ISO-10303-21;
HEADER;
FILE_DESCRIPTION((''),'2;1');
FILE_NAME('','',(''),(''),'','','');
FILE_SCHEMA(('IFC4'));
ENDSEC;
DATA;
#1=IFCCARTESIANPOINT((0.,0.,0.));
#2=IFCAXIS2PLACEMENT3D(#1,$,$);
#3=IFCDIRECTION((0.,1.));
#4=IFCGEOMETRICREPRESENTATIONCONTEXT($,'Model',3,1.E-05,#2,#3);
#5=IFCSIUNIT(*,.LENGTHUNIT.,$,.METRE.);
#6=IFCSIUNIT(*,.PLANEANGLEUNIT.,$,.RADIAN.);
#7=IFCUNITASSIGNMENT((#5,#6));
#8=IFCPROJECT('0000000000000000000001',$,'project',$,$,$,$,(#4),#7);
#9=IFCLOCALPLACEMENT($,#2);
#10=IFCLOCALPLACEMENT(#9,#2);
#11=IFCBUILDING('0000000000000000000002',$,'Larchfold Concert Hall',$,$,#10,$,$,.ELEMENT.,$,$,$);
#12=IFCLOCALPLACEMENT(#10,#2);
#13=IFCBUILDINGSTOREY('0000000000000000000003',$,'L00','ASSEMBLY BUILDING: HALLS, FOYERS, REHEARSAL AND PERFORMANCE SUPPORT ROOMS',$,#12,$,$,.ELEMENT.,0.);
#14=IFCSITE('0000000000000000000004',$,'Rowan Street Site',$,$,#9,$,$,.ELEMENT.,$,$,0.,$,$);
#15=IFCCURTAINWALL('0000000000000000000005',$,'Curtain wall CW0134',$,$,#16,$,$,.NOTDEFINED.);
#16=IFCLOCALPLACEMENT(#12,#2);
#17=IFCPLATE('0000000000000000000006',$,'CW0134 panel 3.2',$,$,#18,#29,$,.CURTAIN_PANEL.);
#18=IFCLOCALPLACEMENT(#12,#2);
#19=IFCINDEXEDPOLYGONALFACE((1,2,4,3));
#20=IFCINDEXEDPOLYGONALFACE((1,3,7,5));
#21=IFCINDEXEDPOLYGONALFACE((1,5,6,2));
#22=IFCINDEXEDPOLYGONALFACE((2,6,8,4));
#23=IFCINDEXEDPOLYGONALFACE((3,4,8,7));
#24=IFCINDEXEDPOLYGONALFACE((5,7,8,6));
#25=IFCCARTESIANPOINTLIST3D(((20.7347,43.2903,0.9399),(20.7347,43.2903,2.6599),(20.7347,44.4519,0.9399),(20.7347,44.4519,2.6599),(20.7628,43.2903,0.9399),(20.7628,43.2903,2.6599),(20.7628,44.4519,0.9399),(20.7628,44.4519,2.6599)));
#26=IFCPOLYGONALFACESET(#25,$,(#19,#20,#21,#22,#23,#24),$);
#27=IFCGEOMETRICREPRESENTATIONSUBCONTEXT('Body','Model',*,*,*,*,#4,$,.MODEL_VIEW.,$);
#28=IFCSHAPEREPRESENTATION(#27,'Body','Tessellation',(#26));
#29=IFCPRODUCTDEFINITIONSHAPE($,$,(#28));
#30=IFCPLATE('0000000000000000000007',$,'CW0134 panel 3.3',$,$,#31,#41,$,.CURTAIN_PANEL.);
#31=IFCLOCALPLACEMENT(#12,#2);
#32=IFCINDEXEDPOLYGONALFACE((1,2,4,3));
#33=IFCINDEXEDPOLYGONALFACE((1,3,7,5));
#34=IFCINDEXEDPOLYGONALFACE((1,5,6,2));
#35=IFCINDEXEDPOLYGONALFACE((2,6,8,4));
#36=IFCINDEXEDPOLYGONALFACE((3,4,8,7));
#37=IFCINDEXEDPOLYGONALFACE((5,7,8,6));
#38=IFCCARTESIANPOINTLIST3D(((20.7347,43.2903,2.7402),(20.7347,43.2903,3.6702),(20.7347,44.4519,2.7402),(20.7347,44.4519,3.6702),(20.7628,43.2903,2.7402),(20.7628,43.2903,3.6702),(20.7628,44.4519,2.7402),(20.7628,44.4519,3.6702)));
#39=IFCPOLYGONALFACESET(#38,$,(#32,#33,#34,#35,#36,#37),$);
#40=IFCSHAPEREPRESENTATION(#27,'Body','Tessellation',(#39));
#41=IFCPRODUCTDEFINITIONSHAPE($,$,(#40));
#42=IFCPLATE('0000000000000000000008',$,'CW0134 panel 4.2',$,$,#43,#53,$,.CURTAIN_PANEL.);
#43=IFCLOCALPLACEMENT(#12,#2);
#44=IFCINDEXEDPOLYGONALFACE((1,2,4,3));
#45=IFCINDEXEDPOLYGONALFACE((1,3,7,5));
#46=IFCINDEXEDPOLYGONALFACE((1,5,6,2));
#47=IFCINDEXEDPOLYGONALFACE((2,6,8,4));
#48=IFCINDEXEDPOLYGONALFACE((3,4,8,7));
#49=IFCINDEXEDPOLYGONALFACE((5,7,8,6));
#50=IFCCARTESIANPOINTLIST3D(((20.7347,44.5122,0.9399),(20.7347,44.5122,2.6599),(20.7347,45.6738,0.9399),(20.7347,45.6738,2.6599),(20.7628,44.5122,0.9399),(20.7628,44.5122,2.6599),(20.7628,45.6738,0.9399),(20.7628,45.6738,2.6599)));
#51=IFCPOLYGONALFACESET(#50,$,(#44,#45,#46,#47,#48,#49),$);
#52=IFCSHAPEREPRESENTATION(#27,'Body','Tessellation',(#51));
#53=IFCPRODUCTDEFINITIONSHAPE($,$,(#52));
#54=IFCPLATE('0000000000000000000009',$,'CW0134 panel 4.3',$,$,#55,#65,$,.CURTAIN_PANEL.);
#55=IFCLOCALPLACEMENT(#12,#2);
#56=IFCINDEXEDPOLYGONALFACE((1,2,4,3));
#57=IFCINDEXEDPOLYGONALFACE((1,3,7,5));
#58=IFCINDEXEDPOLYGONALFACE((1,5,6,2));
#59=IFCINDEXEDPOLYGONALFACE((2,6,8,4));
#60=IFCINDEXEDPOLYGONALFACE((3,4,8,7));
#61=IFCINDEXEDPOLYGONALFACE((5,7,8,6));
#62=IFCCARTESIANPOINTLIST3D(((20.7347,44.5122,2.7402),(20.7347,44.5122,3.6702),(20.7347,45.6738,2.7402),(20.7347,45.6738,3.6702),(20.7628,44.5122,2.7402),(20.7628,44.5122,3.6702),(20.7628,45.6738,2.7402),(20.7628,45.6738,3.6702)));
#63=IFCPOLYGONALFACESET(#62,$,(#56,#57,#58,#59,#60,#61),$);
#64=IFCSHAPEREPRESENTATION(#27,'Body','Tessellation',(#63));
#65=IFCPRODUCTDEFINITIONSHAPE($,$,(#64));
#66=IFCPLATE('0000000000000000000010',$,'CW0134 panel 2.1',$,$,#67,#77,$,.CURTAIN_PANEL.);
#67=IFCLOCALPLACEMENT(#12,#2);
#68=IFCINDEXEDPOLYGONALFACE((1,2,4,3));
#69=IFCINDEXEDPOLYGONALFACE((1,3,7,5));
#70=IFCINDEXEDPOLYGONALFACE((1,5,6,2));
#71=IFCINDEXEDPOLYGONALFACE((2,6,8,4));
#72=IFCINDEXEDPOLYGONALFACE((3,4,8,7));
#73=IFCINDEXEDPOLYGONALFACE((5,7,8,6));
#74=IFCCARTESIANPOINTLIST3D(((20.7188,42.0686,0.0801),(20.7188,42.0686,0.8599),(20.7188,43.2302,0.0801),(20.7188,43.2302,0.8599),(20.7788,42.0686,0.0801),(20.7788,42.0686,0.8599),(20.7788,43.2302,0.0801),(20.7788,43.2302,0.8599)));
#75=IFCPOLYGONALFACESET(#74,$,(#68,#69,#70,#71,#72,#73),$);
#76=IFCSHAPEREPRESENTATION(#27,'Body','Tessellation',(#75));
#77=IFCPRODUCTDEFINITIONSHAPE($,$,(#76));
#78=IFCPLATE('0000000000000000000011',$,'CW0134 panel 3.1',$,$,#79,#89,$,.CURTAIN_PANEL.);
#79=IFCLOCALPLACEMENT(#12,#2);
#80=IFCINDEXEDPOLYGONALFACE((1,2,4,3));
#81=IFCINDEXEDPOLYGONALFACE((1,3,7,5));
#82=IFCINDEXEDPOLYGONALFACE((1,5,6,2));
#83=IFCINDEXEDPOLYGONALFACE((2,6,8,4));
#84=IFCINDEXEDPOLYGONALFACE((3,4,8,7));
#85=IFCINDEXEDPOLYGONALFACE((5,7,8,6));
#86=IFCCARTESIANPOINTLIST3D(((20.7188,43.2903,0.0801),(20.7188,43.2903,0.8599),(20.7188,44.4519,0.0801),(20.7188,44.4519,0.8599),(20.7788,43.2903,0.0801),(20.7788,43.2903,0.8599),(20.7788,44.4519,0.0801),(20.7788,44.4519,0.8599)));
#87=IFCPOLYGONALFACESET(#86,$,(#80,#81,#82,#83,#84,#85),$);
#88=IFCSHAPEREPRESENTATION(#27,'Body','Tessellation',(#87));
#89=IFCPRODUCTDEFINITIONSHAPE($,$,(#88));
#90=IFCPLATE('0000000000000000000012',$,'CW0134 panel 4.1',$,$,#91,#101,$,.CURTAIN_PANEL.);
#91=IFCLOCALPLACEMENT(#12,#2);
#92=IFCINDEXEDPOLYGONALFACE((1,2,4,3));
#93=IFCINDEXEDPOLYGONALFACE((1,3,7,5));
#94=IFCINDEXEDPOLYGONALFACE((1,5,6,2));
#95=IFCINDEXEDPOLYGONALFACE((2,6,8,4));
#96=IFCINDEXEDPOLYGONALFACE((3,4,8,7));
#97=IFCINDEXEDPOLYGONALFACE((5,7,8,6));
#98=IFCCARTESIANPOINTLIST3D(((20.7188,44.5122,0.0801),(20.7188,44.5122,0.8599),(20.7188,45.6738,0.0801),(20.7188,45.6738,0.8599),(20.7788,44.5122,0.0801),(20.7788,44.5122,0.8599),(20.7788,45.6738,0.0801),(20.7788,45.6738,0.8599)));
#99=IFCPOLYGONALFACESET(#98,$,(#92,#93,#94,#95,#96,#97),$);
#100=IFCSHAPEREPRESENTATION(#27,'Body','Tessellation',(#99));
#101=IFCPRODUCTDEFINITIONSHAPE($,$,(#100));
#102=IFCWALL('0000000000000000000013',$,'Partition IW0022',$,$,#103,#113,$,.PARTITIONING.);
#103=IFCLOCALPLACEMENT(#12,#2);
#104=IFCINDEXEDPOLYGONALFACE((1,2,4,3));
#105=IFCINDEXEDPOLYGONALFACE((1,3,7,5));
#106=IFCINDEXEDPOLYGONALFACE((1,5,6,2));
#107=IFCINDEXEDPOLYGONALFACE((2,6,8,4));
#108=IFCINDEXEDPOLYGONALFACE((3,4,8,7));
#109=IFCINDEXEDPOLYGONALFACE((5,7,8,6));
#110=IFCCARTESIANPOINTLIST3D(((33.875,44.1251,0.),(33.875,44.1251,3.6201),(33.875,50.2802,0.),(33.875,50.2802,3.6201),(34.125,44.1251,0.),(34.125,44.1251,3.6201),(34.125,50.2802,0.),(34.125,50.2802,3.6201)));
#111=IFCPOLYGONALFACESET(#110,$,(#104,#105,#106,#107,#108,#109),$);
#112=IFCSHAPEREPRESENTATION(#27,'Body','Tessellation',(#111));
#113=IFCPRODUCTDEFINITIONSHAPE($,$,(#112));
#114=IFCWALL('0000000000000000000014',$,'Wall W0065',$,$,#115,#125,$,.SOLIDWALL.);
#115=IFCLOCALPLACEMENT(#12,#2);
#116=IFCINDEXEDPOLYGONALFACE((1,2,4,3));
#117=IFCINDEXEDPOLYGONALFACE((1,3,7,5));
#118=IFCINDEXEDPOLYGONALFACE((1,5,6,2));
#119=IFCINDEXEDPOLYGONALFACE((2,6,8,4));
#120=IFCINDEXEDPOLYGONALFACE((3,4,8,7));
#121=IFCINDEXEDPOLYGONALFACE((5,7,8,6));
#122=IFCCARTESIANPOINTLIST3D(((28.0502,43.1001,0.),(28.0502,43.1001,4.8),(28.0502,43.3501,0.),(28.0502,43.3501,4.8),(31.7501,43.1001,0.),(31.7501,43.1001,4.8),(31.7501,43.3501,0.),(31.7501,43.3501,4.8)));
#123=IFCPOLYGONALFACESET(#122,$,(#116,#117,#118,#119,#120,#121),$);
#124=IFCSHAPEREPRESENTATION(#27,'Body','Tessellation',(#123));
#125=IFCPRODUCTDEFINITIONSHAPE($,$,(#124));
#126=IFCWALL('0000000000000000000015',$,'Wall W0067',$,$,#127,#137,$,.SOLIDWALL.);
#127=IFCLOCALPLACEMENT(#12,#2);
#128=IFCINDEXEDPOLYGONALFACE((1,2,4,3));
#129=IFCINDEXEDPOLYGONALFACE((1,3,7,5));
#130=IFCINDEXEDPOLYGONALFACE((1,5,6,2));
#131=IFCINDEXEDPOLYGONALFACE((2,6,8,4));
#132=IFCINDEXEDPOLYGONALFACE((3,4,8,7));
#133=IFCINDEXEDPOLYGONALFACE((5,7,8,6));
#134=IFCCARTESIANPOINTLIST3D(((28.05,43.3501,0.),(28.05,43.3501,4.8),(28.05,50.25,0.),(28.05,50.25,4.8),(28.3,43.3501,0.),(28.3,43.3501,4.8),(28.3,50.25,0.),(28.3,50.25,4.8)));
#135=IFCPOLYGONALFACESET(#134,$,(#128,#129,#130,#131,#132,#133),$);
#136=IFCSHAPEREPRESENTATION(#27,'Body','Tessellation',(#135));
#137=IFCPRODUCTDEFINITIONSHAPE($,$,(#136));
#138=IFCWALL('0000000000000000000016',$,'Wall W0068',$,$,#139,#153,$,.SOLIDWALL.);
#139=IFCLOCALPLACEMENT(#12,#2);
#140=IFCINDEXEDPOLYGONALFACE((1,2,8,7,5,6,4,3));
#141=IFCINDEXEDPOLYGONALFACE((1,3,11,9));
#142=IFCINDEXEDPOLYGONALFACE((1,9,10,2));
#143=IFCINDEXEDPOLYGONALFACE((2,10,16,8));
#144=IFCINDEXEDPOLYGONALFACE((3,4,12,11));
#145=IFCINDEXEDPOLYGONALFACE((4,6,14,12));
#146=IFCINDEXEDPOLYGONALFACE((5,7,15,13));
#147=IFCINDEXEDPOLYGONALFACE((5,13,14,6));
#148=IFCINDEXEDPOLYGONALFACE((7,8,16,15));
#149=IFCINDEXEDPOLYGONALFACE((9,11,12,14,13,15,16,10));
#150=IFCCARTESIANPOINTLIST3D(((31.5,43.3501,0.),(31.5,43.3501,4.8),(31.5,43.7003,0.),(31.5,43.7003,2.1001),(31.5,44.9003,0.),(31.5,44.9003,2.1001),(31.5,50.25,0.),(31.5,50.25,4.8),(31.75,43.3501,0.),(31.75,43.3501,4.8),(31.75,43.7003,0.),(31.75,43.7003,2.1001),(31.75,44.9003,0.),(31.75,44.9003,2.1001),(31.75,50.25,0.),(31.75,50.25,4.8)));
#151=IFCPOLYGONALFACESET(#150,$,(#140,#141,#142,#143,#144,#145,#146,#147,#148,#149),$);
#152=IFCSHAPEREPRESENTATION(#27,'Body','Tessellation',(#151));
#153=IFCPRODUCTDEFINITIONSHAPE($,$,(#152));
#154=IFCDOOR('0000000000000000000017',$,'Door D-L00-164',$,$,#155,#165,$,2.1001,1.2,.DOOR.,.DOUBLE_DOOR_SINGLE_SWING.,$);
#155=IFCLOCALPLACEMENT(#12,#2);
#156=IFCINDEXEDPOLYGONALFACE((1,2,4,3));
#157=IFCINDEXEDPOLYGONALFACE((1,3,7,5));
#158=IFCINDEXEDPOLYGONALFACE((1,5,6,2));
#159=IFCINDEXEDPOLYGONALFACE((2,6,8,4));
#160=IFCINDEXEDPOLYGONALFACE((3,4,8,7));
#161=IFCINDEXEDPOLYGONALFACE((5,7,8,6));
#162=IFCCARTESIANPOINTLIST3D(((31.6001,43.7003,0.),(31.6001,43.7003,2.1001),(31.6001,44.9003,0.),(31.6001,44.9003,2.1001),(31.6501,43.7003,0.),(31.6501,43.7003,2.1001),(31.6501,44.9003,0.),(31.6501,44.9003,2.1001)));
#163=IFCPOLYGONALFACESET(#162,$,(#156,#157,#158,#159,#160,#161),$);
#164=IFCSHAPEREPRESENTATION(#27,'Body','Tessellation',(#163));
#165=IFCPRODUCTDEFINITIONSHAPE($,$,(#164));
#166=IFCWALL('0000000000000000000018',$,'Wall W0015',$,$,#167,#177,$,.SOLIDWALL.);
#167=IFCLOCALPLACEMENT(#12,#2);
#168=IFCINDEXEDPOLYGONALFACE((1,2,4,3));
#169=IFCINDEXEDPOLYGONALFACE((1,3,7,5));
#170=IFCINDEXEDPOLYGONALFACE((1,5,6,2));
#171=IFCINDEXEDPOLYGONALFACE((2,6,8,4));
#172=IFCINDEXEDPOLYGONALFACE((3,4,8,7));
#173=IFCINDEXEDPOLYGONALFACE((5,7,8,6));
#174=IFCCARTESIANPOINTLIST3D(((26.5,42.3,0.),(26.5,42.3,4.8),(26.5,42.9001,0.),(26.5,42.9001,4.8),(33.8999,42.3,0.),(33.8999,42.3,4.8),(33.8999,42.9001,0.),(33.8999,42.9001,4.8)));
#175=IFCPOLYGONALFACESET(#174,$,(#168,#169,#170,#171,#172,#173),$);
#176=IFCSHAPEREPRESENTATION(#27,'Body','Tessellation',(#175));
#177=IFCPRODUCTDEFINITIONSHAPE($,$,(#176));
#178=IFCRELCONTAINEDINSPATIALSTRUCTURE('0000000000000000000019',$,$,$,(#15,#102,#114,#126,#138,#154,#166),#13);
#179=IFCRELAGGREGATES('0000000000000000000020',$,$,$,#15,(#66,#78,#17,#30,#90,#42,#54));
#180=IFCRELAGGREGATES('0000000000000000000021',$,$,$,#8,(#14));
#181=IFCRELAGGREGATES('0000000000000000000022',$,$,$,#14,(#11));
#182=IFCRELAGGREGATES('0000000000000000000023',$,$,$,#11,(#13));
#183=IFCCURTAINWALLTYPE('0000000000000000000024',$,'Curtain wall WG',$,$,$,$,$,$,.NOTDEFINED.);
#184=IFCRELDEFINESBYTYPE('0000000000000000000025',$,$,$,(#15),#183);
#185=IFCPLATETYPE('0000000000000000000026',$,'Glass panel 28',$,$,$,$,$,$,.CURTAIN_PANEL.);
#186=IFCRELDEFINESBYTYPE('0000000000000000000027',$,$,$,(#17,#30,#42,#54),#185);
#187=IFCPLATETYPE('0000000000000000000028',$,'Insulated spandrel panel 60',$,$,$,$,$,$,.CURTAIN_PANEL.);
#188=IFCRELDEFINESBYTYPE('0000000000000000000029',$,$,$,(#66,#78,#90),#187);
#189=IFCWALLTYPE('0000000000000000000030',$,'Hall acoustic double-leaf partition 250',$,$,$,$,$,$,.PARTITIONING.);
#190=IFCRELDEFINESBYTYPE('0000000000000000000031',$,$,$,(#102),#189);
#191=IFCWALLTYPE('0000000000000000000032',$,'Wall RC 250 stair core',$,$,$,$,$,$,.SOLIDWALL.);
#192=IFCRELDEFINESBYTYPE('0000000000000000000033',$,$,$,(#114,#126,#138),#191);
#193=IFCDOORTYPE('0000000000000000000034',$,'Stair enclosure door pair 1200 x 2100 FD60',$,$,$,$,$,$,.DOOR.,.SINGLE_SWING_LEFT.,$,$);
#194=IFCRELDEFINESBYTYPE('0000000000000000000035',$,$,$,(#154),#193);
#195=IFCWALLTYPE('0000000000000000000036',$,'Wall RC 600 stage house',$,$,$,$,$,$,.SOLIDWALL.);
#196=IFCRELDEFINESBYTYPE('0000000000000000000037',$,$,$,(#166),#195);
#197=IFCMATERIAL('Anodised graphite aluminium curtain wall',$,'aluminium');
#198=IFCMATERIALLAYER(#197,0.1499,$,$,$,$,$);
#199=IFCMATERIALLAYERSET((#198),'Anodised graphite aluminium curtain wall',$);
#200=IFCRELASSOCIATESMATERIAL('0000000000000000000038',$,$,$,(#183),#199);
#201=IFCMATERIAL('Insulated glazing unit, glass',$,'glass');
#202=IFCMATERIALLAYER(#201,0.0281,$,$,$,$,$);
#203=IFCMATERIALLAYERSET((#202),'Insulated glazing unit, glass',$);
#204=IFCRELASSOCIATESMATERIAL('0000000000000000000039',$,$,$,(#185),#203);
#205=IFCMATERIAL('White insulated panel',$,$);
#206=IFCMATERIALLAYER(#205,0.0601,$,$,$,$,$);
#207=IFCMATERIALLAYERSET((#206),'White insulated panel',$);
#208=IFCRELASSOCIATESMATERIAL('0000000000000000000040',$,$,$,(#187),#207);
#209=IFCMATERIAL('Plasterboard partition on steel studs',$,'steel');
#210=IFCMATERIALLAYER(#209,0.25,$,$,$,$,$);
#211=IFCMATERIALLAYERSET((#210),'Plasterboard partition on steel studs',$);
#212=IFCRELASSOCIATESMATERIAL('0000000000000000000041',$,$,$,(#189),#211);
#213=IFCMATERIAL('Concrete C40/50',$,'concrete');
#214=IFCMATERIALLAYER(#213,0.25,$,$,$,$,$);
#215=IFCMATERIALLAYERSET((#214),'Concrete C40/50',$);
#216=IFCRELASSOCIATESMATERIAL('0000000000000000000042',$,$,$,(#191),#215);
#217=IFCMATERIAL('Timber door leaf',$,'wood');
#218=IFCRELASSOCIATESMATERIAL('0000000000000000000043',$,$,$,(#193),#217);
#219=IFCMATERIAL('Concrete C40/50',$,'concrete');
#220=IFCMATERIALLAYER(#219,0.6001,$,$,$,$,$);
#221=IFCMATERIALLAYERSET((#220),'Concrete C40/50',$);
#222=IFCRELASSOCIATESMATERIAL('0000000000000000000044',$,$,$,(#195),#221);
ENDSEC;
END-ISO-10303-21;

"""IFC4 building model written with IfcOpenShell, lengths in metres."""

from ifc_helpers import new_model, si_unit, direction, frame, frame_2d, origin, origin_2d, place, context, subcontext, project, spatial, rectangle, extrude, material, layer, layer_set, type_object, element, fill, aggregate, save


model = new_model("IFC4")

# Units and contexts
model_context = context("Model", 3, precision=1e-05, world=origin(), true_north=direction((0.0, 1.0)))
body_context = subcontext(model_context, "Body", "Model", "MODEL_VIEW")
ifc_project = project(units=[si_unit("LENGTHUNIT", "METRE"), si_unit("PLANEANGLEUNIT", "RADIAN")], contexts=[model_context])

# Site, building, storey
site_placement = place(None, origin())
site = spatial("IfcSite", under=ifc_project, at=site_placement, Name="Rowan Street Site", CompositionType="ELEMENT", RefElevation=0.0)
building_placement = place(site_placement, origin())
building = spatial("IfcBuilding", under=site, at=building_placement, Name="Larchfold Concert Hall", CompositionType="ELEMENT")
storey_placement = place(building_placement, origin())
storey = spatial("IfcBuildingStorey", under=building, at=storey_placement, Name="L00", Description="ASSEMBLY BUILDING: HALLS, FOYERS, REHEARSAL AND PERFORMANCE SUPPORT ROOMS", CompositionType="ELEMENT", Elevation=0.0)

# Curtain wall, plates
ifc_material_1 = material(Name="Anodised graphite aluminium curtain wall", Category="aluminium")
ifc_layer_1 = layer(ifc_material_1, 0.1499)
ifc_layer_set_1 = layer_set([ifc_layer_1], Name="Anodised graphite aluminium curtain wall")
curtain_wall_type = type_object("IfcCurtainWallType", Name="Curtain wall WG", PredefinedType="NOTDEFINED", material=ifc_layer_set_1)
curtain_wall_placement = place(storey_placement, origin())
curtain_wall = element("IfcCurtainWall", 1, at=curtain_wall_placement, inside=storey, type_object=curtain_wall_type, Name="Curtain wall CW0134", PredefinedType="NOTDEFINED")
ifc_material_2 = material(Name="Insulated glazing unit, glass", Category="glass")
ifc_layer_2 = layer(ifc_material_2, 0.0281)
ifc_layer_set_2 = layer_set([ifc_layer_2], Name="Insulated glazing unit, glass")
plate_type_1 = type_object("IfcPlateType", Name="Glass panel 28", PredefinedType="CURTAIN_PANEL", material=ifc_layer_set_2)
plate_1_placement = place(storey_placement, frame((20.7488, 43.8711, 0.9399), z_axis=(0.0, 0.0, 1.0), x_axis=(0.0, 1.0, 0.0)))
plate_1 = element("IfcPlate", 2, at=plate_1_placement, type_object=plate_type_1, Name="CW0134 panel 3.2", PredefinedType="CURTAIN_PANEL", context=body_context, shape_type="SweptSolid", body=[
    extrude(rectangle(XDim=1.1616, YDim=0.0281, at=origin_2d()), origin(), (0.0, 0.0, 1.0), 1.72),
])
plate_2_placement = place(storey_placement, frame((20.7488, 43.8711, 2.7402), z_axis=(0.0, 0.0, 1.0), x_axis=(0.0, 1.0, 0.0)))
plate_2 = element("IfcPlate", 3, at=plate_2_placement, type_object=plate_type_1, Name="CW0134 panel 3.3", PredefinedType="CURTAIN_PANEL", context=body_context, shape_type="SweptSolid", body=[
    extrude(rectangle(XDim=1.1616, YDim=0.0281, at=origin_2d()), origin(), (0.0, 0.0, 1.0), 0.9299),
])
plate_3_placement = place(storey_placement, frame((20.7488, 45.093, 0.9399), z_axis=(0.0, 0.0, 1.0), x_axis=(0.0, 1.0, 0.0)))
plate_3 = element("IfcPlate", 4, at=plate_3_placement, type_object=plate_type_1, Name="CW0134 panel 4.2", PredefinedType="CURTAIN_PANEL", context=body_context, shape_type="SweptSolid", body=[
    extrude(rectangle(XDim=1.1616, YDim=0.0281, at=origin_2d()), origin(), (0.0, 0.0, 1.0), 1.72),
])
plate_4_placement = place(storey_placement, frame((20.7488, 45.093, 2.7402), z_axis=(0.0, 0.0, 1.0), x_axis=(0.0, 1.0, 0.0)))
plate_4 = element("IfcPlate", 5, at=plate_4_placement, type_object=plate_type_1, Name="CW0134 panel 4.3", PredefinedType="CURTAIN_PANEL", context=body_context, shape_type="SweptSolid", body=[
    extrude(rectangle(XDim=1.1616, YDim=0.0281, at=origin_2d()), origin(), (0.0, 0.0, 1.0), 0.9299),
])
ifc_material_3 = material(Name="White insulated panel")
ifc_layer_3 = layer(ifc_material_3, 0.0601)
ifc_layer_set_3 = layer_set([ifc_layer_3], Name="White insulated panel")
plate_type_2 = type_object("IfcPlateType", Name="Insulated spandrel panel 60", PredefinedType="CURTAIN_PANEL", material=ifc_layer_set_3)
plate_5_placement = place(storey_placement, frame((20.7488, 42.6494, 0.0801), z_axis=(0.0, 0.0, 1.0), x_axis=(0.0, 1.0, 0.0)))
plate_5 = element("IfcPlate", 6, at=plate_5_placement, type_object=plate_type_2, Name="CW0134 panel 2.1", PredefinedType="CURTAIN_PANEL", context=body_context, shape_type="SweptSolid", body=[
    extrude(rectangle(XDim=1.1616, YDim=0.0601, at=origin_2d()), origin(), (0.0, 0.0, 1.0), 0.7798),
])
plate_6_placement = place(storey_placement, frame((20.7488, 43.8711, 0.0801), z_axis=(0.0, 0.0, 1.0), x_axis=(0.0, 1.0, 0.0)))
plate_6 = element("IfcPlate", 7, at=plate_6_placement, type_object=plate_type_2, Name="CW0134 panel 3.1", PredefinedType="CURTAIN_PANEL", context=body_context, shape_type="SweptSolid", body=[
    extrude(rectangle(XDim=1.1616, YDim=0.0601, at=origin_2d()), origin(), (0.0, 0.0, 1.0), 0.7798),
])
plate_7_placement = place(storey_placement, frame((20.7488, 45.093, 0.0801), z_axis=(0.0, 0.0, 1.0), x_axis=(0.0, 1.0, 0.0)))
plate_7 = element("IfcPlate", 8, at=plate_7_placement, type_object=plate_type_2, Name="CW0134 panel 4.1", PredefinedType="CURTAIN_PANEL", context=body_context, shape_type="SweptSolid", body=[
    extrude(rectangle(XDim=1.1616, YDim=0.0601, at=origin_2d()), origin(), (0.0, 0.0, 1.0), 0.7798),
])
aggregate(curtain_wall, [plate_5, plate_6, plate_1, plate_2, plate_7, plate_3, plate_4])

# Walls
ifc_material_4 = material(Name="Plasterboard partition on steel studs", Category="steel")
ifc_layer_4 = layer(ifc_material_4, 0.25)
ifc_layer_set_4 = layer_set([ifc_layer_4], Name="Plasterboard partition on steel studs")
wall_type_1 = type_object("IfcWallType", Name="Hall acoustic double-leaf partition 250", PredefinedType="PARTITIONING", material=ifc_layer_set_4)
wall_1_placement = place(storey_placement, frame((34.0, 44.125, 0.0), z_axis=(0.0, 0.0, 1.0), x_axis=(0.0, 1.0, 0.0)))
element("IfcWall", 9, at=wall_1_placement, inside=storey, type_object=wall_type_1, Name="Partition IW0022", PredefinedType="PARTITIONING", context=body_context, shape_type="SweptSolid", body=[
    extrude(rectangle(XDim=6.155, YDim=0.25, at=frame_2d((3.0776, 0.0))), origin(), (0.0, 0.0, 1.0), 3.6201),
])
ifc_material_5 = material(Name="Concrete C40/50", Category="concrete")
ifc_layer_5 = layer(ifc_material_5, 0.25)
ifc_layer_set_5 = layer_set([ifc_layer_5], Name="Concrete C40/50")
wall_type_2 = type_object("IfcWallType", Name="Wall RC 250 stair core", PredefinedType="SOLIDWALL", material=ifc_layer_set_5)
wall_2_placement = place(storey_placement, frame((28.05, 43.2251, 0.0), z_axis=(0.0, 0.0, 1.0), x_axis=(1.0, 0.0, 0.0)))
element("IfcWall", 10, at=wall_2_placement, inside=storey, type_object=wall_type_2, Name="Wall W0065", PredefinedType="SOLIDWALL", context=body_context, shape_type="SweptSolid", body=[
    extrude(rectangle(XDim=3.7, YDim=0.25, at=frame_2d((1.8501, 0.0))), origin(), (0.0, 0.0, 1.0), 4.8),
])
wall_3_placement = place(storey_placement, frame((28.175, 43.3501, 0.0), z_axis=(0.0, 0.0, 1.0), x_axis=(0.0, 1.0, 0.0)))
element("IfcWall", 11, at=wall_3_placement, inside=storey, type_object=wall_type_2, Name="Wall W0067", PredefinedType="SOLIDWALL", context=body_context, shape_type="SweptSolid", body=[
    extrude(rectangle(XDim=6.8999, YDim=0.25, at=frame_2d((3.45, 0.0))), origin(), (0.0, 0.0, 1.0), 4.8),
])

# Wall, opening, door
wall_4_placement = place(storey_placement, frame((31.625, 43.3501, 0.0), z_axis=(0.0, 0.0, 1.0), x_axis=(0.0, 1.0, 0.0)))
wall_4 = element("IfcWall", 12, at=wall_4_placement, inside=storey, type_object=wall_type_2, Name="Wall W0068", PredefinedType="SOLIDWALL", context=body_context, shape_type="SweptSolid", body=[
    extrude(rectangle(XDim=6.8999, YDim=0.25, at=frame_2d((3.45, 0.0))), origin(), (0.0, 0.0, 1.0), 4.8),
])
opening_placement = place(wall_4_placement, frame((0.3501, 0.0, 0.0)))
opening = element("IfcOpeningElement", 13, at=opening_placement, cuts=wall_4, PredefinedType="OPENING", context=body_context, shape_type="SweptSolid", body=[
    extrude(rectangle(XDim=1.2, YDim=2.1001, at=frame_2d((0.6001, 1.05))), frame((0.0, 0.135, 0.0), z_axis=(0.0, -1.0, 0.0), x_axis=(1.0, 0.0, 0.0)), (0.0, 0.0, 1.0), 0.27),
])
ifc_material_6 = material(Name="Timber door leaf", Category="wood")
door_type = type_object("IfcDoorType", Name="Stair enclosure door pair 1200 x 2100 FD60", OperationType="SINGLE_SWING_LEFT", PredefinedType="DOOR", material=ifc_material_6)
door_placement = place(opening_placement, origin())
door = element("IfcDoor", 14, at=door_placement, inside=storey, type_object=door_type, Name="Door D-L00-164", OperationType="DOUBLE_DOOR_SINGLE_SWING", OverallHeight=2.1001, OverallWidth=1.2, PredefinedType="DOOR", context=body_context, shape_type="SweptSolid", body=[
    extrude(rectangle(XDim=1.2, YDim=2.1001, at=frame_2d((0.6001, 1.05))), frame((0.0, 0.0249, 0.0), z_axis=(0.0, -1.0, 0.0), x_axis=(1.0, 0.0, 0.0)), (0.0, 0.0, 1.0), 0.05),
])
fill(opening, door)

# Wall
ifc_material_7 = material(Name="Concrete C40/50", Category="concrete")
ifc_layer_6 = layer(ifc_material_7, 0.6001)
ifc_layer_set_6 = layer_set([ifc_layer_6], Name="Concrete C40/50")
wall_type_3 = type_object("IfcWallType", Name="Wall RC 600 stage house", PredefinedType="SOLIDWALL", material=ifc_layer_set_6)
wall_5_placement = place(storey_placement, frame((26.5, 42.6001, 0.0), z_axis=(0.0, 0.0, 1.0), x_axis=(1.0, 0.0, 0.0)))
element("IfcWall", 15, at=wall_5_placement, inside=storey, type_object=wall_type_3, Name="Wall W0015", PredefinedType="SOLIDWALL", context=body_context, shape_type="SweptSolid", body=[
    extrude(rectangle(XDim=7.3999, YDim=0.6001, at=frame_2d((3.7, 0.0))), origin(), (0.0, 0.0, 1.0), 4.8),
])

save(model, "model.ifc")
